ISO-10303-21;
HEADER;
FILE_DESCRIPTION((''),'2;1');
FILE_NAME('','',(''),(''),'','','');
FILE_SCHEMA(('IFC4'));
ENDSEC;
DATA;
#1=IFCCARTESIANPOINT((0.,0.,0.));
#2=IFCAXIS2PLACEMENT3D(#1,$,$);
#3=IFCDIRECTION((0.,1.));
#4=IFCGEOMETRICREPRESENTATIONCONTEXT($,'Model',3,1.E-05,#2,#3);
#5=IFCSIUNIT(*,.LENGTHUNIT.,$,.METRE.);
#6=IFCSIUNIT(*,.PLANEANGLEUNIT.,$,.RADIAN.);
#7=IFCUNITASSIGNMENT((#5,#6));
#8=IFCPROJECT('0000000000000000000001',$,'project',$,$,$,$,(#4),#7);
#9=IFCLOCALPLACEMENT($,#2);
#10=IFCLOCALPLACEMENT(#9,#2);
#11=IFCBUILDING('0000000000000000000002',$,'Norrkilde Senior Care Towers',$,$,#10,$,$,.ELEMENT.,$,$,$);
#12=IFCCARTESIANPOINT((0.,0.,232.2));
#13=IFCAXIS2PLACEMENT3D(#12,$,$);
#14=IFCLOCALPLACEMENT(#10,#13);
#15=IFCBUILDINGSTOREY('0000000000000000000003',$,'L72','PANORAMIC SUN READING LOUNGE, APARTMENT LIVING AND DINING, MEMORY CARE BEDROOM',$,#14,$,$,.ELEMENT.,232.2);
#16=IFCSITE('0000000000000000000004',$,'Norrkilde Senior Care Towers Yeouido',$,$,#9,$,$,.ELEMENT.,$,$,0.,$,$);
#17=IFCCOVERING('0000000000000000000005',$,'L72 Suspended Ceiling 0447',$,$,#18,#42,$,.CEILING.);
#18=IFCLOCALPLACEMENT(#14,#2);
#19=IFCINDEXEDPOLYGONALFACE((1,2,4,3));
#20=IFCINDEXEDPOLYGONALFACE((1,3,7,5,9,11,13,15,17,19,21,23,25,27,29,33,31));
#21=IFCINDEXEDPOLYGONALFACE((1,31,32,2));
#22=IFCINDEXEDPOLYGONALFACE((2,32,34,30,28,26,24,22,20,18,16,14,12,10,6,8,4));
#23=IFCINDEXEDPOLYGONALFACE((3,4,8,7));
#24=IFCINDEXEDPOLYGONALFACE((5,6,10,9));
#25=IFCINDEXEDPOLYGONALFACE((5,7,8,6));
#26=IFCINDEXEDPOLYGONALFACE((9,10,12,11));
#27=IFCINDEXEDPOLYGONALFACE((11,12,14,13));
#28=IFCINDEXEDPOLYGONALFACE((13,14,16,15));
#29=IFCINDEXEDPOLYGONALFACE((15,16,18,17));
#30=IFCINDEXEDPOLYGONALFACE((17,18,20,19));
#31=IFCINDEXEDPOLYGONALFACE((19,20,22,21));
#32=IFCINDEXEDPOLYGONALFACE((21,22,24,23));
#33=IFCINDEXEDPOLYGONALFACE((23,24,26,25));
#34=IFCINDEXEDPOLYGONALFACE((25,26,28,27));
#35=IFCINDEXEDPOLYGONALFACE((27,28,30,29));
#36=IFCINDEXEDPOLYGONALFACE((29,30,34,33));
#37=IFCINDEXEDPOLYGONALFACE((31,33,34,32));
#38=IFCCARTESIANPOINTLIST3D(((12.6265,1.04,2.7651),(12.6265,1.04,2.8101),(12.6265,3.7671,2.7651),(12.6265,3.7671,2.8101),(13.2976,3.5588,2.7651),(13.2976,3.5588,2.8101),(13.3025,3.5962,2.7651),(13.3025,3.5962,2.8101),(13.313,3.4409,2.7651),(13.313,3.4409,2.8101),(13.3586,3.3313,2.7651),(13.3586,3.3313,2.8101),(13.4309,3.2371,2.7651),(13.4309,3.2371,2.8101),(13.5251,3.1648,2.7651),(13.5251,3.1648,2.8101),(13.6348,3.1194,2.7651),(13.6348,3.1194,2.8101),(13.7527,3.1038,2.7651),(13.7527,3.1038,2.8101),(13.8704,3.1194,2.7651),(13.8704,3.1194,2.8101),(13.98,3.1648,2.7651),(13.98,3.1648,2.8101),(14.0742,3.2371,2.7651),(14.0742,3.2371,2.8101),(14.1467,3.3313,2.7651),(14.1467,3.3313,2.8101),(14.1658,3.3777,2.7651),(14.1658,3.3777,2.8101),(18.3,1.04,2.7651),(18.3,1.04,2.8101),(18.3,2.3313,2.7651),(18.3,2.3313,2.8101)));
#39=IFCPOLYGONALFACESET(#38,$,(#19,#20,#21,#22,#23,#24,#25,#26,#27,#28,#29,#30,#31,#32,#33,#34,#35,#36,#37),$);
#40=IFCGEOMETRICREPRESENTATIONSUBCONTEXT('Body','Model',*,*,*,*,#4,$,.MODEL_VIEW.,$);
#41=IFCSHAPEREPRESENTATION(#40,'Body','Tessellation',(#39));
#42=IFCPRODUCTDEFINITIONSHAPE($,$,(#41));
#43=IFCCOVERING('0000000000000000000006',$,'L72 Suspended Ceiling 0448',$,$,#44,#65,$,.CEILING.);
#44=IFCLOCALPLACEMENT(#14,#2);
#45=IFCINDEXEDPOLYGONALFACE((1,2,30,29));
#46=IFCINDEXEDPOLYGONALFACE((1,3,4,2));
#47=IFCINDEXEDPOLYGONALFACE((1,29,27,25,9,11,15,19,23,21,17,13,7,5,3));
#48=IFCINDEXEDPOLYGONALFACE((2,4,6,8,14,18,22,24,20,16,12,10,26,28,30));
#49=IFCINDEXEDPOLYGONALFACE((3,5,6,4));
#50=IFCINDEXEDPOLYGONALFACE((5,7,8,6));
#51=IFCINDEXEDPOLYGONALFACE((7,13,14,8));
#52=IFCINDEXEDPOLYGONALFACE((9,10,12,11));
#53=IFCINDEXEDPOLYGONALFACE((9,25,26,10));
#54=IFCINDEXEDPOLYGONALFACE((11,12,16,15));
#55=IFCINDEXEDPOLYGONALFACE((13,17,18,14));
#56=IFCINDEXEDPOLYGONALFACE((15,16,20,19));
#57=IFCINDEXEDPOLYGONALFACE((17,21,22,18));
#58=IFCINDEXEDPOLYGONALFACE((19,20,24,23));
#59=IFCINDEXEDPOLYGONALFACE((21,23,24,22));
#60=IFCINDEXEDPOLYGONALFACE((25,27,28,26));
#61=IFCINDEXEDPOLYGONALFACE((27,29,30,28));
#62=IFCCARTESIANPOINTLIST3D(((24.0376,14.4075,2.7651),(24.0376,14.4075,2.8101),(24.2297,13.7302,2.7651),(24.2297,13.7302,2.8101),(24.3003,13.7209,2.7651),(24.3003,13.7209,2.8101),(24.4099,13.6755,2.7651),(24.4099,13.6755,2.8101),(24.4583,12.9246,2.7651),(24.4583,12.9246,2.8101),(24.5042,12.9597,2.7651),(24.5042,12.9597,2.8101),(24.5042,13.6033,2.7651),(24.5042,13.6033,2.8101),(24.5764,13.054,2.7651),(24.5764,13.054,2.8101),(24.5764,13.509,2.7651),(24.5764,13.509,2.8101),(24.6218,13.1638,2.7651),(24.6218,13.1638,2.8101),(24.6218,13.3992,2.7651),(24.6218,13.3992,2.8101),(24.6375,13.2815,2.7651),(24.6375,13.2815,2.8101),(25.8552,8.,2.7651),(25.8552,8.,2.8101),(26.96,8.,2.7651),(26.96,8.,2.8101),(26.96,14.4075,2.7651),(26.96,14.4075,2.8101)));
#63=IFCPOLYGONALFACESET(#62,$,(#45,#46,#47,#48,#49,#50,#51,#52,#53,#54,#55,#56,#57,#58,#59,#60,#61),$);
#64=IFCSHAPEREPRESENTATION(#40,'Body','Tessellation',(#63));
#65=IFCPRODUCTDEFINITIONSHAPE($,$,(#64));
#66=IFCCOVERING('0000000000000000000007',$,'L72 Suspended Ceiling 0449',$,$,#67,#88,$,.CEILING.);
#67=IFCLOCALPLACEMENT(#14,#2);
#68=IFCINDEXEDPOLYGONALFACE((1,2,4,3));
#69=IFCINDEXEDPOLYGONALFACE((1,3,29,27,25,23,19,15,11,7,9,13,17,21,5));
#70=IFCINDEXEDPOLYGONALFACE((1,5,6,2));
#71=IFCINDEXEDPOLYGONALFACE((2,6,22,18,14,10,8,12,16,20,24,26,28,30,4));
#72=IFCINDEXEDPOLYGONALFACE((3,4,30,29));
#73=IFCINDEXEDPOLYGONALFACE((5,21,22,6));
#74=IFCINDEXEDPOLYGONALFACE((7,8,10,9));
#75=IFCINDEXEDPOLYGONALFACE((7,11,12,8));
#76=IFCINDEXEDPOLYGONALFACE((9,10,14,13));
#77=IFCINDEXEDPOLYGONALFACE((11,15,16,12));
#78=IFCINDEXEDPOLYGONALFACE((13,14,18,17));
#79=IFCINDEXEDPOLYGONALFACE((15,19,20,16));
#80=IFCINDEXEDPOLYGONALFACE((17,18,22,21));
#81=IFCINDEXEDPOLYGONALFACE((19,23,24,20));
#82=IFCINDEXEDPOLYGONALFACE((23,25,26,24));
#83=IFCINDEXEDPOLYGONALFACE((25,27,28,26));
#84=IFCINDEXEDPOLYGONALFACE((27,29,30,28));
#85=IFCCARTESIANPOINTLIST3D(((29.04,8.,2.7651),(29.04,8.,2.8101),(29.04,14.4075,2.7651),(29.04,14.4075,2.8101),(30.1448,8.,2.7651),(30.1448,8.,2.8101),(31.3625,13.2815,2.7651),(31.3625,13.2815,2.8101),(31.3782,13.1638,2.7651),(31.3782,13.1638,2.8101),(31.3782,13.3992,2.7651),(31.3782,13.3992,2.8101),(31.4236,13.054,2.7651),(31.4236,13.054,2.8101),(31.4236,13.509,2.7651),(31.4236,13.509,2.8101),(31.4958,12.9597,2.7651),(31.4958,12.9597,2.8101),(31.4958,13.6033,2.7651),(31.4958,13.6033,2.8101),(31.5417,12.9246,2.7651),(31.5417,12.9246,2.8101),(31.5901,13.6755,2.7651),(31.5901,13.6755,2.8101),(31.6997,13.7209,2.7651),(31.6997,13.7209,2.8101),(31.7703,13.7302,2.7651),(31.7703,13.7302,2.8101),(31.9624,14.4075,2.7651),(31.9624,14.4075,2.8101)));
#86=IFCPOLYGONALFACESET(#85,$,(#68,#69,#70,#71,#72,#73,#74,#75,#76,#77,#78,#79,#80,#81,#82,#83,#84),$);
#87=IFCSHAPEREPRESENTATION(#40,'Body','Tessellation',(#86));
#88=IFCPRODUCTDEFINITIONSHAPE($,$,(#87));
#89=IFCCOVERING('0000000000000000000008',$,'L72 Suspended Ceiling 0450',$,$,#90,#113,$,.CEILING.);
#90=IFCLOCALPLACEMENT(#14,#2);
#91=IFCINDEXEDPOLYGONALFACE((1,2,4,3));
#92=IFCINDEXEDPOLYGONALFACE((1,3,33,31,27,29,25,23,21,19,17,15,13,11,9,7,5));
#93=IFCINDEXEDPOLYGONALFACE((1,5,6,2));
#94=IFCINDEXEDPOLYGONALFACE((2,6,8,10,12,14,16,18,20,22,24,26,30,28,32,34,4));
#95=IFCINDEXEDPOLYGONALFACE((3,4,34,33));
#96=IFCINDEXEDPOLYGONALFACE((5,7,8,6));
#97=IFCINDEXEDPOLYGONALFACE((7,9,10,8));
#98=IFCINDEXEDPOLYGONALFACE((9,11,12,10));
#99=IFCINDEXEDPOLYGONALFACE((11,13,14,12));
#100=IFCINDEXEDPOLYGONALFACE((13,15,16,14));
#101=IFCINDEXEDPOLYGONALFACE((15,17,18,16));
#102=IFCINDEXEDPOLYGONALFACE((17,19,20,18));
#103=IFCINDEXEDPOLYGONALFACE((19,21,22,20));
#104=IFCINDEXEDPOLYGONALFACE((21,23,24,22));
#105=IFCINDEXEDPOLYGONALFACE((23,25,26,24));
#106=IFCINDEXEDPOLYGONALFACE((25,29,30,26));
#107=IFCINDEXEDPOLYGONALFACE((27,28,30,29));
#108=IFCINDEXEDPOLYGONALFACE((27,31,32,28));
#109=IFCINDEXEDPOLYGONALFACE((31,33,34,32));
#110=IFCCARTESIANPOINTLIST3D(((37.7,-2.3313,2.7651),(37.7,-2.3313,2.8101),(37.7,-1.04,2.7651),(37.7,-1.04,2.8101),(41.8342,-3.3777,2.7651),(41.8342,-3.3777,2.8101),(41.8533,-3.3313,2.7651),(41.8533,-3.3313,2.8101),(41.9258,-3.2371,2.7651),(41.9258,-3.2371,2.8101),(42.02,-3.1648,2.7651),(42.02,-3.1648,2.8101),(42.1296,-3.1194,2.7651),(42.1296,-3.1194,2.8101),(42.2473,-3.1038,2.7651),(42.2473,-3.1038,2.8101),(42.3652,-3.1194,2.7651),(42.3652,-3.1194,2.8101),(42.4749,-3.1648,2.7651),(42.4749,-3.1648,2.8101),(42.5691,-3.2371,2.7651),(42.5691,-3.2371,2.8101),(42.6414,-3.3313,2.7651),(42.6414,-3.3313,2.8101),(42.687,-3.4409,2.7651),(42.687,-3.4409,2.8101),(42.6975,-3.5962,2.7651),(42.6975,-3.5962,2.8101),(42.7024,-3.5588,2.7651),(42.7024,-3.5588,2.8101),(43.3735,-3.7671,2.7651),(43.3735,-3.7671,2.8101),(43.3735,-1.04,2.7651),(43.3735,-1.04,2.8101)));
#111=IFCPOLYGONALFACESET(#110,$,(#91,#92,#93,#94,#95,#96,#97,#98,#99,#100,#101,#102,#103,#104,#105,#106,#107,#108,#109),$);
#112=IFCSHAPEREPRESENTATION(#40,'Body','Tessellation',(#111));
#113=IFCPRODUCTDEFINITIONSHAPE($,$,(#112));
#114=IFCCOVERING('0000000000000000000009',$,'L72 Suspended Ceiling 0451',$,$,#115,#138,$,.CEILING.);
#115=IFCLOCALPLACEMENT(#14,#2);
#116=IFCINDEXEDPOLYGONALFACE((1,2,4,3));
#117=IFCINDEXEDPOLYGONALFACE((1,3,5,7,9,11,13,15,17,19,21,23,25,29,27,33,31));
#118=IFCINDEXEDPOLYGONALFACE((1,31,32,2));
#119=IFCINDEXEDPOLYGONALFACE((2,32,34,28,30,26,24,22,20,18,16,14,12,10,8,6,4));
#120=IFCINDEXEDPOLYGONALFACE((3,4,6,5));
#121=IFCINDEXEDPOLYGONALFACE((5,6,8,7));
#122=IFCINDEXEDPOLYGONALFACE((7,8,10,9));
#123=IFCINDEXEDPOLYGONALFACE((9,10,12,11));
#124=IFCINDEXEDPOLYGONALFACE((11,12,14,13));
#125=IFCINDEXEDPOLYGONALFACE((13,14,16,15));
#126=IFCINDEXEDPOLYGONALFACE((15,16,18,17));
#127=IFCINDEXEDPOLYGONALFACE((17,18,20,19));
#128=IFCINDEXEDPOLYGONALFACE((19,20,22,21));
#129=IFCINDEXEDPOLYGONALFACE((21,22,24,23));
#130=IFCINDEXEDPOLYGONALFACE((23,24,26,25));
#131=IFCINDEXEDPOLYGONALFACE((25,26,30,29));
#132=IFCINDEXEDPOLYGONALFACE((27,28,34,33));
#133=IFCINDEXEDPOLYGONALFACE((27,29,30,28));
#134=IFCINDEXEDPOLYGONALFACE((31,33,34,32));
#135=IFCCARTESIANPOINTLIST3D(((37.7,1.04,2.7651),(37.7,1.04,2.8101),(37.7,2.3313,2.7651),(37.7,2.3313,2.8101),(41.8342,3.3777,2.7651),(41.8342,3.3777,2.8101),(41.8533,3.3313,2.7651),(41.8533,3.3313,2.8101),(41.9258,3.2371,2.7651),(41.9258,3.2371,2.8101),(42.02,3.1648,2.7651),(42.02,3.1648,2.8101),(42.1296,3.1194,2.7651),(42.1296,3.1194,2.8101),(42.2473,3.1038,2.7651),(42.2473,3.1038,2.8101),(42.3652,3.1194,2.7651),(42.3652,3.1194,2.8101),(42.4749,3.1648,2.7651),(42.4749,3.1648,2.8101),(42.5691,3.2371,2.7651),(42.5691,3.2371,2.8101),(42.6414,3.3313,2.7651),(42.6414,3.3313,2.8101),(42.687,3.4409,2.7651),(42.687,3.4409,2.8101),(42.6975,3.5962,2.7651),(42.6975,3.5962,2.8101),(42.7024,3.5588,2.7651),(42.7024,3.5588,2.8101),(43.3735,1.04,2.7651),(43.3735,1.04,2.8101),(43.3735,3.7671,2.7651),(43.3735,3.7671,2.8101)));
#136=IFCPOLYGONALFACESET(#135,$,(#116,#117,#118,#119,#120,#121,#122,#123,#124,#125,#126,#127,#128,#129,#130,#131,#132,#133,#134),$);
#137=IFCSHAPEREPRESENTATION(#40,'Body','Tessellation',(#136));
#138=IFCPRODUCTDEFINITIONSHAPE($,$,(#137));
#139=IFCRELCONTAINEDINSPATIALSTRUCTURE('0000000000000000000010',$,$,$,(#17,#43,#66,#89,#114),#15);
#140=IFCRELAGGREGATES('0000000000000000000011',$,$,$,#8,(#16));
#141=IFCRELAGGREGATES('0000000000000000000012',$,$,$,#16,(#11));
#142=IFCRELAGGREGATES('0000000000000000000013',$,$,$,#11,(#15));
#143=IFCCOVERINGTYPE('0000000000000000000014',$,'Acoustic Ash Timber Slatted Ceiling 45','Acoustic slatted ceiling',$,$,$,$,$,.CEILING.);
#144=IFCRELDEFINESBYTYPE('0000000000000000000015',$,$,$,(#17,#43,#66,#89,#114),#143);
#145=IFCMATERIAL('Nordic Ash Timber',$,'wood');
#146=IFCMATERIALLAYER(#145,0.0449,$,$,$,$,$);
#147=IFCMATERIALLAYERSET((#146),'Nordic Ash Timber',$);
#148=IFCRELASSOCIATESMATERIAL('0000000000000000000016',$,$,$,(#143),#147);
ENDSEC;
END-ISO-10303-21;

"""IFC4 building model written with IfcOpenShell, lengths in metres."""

from ifc_helpers import new_model, si_unit, direction, frame, origin, place, context, subcontext, project, spatial, polyline, outline, extrude, material, layer, layer_set, type_object, element, save


model = new_model("IFC4")

# Units and contexts
model_context = context("Model", 3, precision=1e-05, world=origin(), true_north=direction((0.0, 1.0)))
body_context = subcontext(model_context, "Body", "Model", "MODEL_VIEW")
ifc_project = project(units=[si_unit("LENGTHUNIT", "METRE"), si_unit("PLANEANGLEUNIT", "RADIAN")], contexts=[model_context])

# Site, building, storey
site_placement = place(None, origin())
site = spatial("IfcSite", under=ifc_project, at=site_placement, Name="Norrkilde Senior Care Towers Yeouido", CompositionType="ELEMENT", RefElevation=0.0)
building_placement = place(site_placement, origin())
building = spatial("IfcBuilding", under=site, at=building_placement, Name="Norrkilde Senior Care Towers", CompositionType="ELEMENT")
storey_placement = place(building_placement, frame((0.0, 0.0, 232.2)))
storey = spatial("IfcBuildingStorey", under=building, at=storey_placement, Name="L72", Description="PANORAMIC SUN READING LOUNGE, APARTMENT LIVING AND DINING, MEMORY CARE BEDROOM", CompositionType="ELEMENT", Elevation=232.2)

# Shared definitions
ifc_material_1 = material(Name="Nordic Ash Timber", Category="wood")

# Coverings
ifc_layer_1 = layer(ifc_material_1, 0.0449)
ifc_layer_set_1 = layer_set([ifc_layer_1], Name="Nordic Ash Timber")
covering_type_1 = type_object("IfcCoveringType", Name="Acoustic Ash Timber Slatted Ceiling 45", Description="Acoustic slatted ceiling", PredefinedType="CEILING", material=ifc_layer_set_1)
covering_1_placement = place(storey_placement, frame((0.0, 0.0, 2.7651)))
element("IfcCovering", 1, at=covering_1_placement, inside=storey, type_object=covering_type_1, Name="L72 Suspended Ceiling 0447", PredefinedType="CEILING", context=body_context, shape_type="SweptSolid", body=[
    extrude(outline(polyline([(18.3, 1.04), (12.6265, 1.04), (12.6265, 3.7671), (13.3025, 3.5962), (13.2976, 3.5588), (13.313, 3.4409), (13.3586, 3.3313), (13.4309, 3.2371), (13.5251, 3.1648), (13.6348, 3.1194), (13.7527, 3.1038), (13.8704, 3.1194), (13.98, 3.1648), (14.0742, 3.2371), (14.1467, 3.3313), (14.1658, 3.3777), (18.3, 2.3313), (18.3, 1.04)])), origin(), (0.0, 0.0, 1.0), 0.0449),
])
covering_2_placement = place(storey_placement, frame((0.0, 0.0, 2.7651)))
element("IfcCovering", 2, at=covering_2_placement, inside=storey, type_object=covering_type_1, Name="L72 Suspended Ceiling 0448", PredefinedType="CEILING", context=body_context, shape_type="SweptSolid", body=[
    extrude(outline(polyline([(26.96, 14.4075), (26.96, 8.0), (25.8552, 8.0), (24.4583, 12.9246), (24.5042, 12.9597), (24.5764, 13.054), (24.6218, 13.1638), (24.6375, 13.2815), (24.6218, 13.3992), (24.5764, 13.509), (24.5042, 13.6033), (24.4099, 13.6755), (24.3003, 13.7209), (24.2297, 13.7302), (24.0376, 14.4075), (26.96, 14.4075)])), origin(), (0.0, 0.0, 1.0), 0.0449),
])
covering_3_placement = place(storey_placement, frame((0.0, 0.0, 2.7651)))
element("IfcCovering", 3, at=covering_3_placement, inside=storey, type_object=covering_type_1, Name="L72 Suspended Ceiling 0449", PredefinedType="CEILING", context=body_context, shape_type="SweptSolid", body=[
    extrude(outline(polyline([(31.9624, 14.4075), (31.7703, 13.7302), (31.6997, 13.7209), (31.5901, 13.6755), (31.4958, 13.6033), (31.4236, 13.509), (31.3782, 13.3992), (31.3625, 13.2815), (31.3782, 13.1638), (31.4236, 13.054), (31.4958, 12.9597), (31.5417, 12.9246), (30.1448, 8.0), (29.04, 8.0), (29.04, 14.4075), (31.9624, 14.4075)])), origin(), (0.0, 0.0, 1.0), 0.0449),
])
covering_4_placement = place(storey_placement, frame((0.0, 0.0, 2.7651)))
element("IfcCovering", 4, at=covering_4_placement, inside=storey, type_object=covering_type_1, Name="L72 Suspended Ceiling 0450", PredefinedType="CEILING", context=body_context, shape_type="SweptSolid", body=[
    extrude(outline(polyline([(43.3735, -3.7671), (42.6975, -3.5962), (42.7024, -3.5588), (42.687, -3.4409), (42.6414, -3.3313), (42.5691, -3.2371), (42.4749, -3.1648), (42.3652, -3.1194), (42.2473, -3.1038), (42.1296, -3.1194), (42.02, -3.1648), (41.9258, -3.2371), (41.8533, -3.3313), (41.8342, -3.3777), (37.7, -2.3313), (37.7, -1.04), (43.3735, -1.04), (43.3735, -3.7671)])), origin(), (0.0, 0.0, 1.0), 0.0449),
])
covering_5_placement = place(storey_placement, frame((0.0, 0.0, 2.7651)))
element("IfcCovering", 5, at=covering_5_placement, inside=storey, type_object=covering_type_1, Name="L72 Suspended Ceiling 0451", PredefinedType="CEILING", context=body_context, shape_type="SweptSolid", body=[
    extrude(outline(polyline([(43.3735, 1.04), (37.7, 1.04), (37.7, 2.3313), (41.8342, 3.3777), (41.8533, 3.3313), (41.9258, 3.2371), (42.02, 3.1648), (42.1296, 3.1194), (42.2473, 3.1038), (42.3652, 3.1194), (42.4749, 3.1648), (42.5691, 3.2371), (42.6414, 3.3313), (42.687, 3.4409), (42.7024, 3.5588), (42.6975, 3.5962), (43.3735, 3.7671), (43.3735, 1.04)])), origin(), (0.0, 0.0, 1.0), 0.0449),
])

save(model, "model.ifc")
